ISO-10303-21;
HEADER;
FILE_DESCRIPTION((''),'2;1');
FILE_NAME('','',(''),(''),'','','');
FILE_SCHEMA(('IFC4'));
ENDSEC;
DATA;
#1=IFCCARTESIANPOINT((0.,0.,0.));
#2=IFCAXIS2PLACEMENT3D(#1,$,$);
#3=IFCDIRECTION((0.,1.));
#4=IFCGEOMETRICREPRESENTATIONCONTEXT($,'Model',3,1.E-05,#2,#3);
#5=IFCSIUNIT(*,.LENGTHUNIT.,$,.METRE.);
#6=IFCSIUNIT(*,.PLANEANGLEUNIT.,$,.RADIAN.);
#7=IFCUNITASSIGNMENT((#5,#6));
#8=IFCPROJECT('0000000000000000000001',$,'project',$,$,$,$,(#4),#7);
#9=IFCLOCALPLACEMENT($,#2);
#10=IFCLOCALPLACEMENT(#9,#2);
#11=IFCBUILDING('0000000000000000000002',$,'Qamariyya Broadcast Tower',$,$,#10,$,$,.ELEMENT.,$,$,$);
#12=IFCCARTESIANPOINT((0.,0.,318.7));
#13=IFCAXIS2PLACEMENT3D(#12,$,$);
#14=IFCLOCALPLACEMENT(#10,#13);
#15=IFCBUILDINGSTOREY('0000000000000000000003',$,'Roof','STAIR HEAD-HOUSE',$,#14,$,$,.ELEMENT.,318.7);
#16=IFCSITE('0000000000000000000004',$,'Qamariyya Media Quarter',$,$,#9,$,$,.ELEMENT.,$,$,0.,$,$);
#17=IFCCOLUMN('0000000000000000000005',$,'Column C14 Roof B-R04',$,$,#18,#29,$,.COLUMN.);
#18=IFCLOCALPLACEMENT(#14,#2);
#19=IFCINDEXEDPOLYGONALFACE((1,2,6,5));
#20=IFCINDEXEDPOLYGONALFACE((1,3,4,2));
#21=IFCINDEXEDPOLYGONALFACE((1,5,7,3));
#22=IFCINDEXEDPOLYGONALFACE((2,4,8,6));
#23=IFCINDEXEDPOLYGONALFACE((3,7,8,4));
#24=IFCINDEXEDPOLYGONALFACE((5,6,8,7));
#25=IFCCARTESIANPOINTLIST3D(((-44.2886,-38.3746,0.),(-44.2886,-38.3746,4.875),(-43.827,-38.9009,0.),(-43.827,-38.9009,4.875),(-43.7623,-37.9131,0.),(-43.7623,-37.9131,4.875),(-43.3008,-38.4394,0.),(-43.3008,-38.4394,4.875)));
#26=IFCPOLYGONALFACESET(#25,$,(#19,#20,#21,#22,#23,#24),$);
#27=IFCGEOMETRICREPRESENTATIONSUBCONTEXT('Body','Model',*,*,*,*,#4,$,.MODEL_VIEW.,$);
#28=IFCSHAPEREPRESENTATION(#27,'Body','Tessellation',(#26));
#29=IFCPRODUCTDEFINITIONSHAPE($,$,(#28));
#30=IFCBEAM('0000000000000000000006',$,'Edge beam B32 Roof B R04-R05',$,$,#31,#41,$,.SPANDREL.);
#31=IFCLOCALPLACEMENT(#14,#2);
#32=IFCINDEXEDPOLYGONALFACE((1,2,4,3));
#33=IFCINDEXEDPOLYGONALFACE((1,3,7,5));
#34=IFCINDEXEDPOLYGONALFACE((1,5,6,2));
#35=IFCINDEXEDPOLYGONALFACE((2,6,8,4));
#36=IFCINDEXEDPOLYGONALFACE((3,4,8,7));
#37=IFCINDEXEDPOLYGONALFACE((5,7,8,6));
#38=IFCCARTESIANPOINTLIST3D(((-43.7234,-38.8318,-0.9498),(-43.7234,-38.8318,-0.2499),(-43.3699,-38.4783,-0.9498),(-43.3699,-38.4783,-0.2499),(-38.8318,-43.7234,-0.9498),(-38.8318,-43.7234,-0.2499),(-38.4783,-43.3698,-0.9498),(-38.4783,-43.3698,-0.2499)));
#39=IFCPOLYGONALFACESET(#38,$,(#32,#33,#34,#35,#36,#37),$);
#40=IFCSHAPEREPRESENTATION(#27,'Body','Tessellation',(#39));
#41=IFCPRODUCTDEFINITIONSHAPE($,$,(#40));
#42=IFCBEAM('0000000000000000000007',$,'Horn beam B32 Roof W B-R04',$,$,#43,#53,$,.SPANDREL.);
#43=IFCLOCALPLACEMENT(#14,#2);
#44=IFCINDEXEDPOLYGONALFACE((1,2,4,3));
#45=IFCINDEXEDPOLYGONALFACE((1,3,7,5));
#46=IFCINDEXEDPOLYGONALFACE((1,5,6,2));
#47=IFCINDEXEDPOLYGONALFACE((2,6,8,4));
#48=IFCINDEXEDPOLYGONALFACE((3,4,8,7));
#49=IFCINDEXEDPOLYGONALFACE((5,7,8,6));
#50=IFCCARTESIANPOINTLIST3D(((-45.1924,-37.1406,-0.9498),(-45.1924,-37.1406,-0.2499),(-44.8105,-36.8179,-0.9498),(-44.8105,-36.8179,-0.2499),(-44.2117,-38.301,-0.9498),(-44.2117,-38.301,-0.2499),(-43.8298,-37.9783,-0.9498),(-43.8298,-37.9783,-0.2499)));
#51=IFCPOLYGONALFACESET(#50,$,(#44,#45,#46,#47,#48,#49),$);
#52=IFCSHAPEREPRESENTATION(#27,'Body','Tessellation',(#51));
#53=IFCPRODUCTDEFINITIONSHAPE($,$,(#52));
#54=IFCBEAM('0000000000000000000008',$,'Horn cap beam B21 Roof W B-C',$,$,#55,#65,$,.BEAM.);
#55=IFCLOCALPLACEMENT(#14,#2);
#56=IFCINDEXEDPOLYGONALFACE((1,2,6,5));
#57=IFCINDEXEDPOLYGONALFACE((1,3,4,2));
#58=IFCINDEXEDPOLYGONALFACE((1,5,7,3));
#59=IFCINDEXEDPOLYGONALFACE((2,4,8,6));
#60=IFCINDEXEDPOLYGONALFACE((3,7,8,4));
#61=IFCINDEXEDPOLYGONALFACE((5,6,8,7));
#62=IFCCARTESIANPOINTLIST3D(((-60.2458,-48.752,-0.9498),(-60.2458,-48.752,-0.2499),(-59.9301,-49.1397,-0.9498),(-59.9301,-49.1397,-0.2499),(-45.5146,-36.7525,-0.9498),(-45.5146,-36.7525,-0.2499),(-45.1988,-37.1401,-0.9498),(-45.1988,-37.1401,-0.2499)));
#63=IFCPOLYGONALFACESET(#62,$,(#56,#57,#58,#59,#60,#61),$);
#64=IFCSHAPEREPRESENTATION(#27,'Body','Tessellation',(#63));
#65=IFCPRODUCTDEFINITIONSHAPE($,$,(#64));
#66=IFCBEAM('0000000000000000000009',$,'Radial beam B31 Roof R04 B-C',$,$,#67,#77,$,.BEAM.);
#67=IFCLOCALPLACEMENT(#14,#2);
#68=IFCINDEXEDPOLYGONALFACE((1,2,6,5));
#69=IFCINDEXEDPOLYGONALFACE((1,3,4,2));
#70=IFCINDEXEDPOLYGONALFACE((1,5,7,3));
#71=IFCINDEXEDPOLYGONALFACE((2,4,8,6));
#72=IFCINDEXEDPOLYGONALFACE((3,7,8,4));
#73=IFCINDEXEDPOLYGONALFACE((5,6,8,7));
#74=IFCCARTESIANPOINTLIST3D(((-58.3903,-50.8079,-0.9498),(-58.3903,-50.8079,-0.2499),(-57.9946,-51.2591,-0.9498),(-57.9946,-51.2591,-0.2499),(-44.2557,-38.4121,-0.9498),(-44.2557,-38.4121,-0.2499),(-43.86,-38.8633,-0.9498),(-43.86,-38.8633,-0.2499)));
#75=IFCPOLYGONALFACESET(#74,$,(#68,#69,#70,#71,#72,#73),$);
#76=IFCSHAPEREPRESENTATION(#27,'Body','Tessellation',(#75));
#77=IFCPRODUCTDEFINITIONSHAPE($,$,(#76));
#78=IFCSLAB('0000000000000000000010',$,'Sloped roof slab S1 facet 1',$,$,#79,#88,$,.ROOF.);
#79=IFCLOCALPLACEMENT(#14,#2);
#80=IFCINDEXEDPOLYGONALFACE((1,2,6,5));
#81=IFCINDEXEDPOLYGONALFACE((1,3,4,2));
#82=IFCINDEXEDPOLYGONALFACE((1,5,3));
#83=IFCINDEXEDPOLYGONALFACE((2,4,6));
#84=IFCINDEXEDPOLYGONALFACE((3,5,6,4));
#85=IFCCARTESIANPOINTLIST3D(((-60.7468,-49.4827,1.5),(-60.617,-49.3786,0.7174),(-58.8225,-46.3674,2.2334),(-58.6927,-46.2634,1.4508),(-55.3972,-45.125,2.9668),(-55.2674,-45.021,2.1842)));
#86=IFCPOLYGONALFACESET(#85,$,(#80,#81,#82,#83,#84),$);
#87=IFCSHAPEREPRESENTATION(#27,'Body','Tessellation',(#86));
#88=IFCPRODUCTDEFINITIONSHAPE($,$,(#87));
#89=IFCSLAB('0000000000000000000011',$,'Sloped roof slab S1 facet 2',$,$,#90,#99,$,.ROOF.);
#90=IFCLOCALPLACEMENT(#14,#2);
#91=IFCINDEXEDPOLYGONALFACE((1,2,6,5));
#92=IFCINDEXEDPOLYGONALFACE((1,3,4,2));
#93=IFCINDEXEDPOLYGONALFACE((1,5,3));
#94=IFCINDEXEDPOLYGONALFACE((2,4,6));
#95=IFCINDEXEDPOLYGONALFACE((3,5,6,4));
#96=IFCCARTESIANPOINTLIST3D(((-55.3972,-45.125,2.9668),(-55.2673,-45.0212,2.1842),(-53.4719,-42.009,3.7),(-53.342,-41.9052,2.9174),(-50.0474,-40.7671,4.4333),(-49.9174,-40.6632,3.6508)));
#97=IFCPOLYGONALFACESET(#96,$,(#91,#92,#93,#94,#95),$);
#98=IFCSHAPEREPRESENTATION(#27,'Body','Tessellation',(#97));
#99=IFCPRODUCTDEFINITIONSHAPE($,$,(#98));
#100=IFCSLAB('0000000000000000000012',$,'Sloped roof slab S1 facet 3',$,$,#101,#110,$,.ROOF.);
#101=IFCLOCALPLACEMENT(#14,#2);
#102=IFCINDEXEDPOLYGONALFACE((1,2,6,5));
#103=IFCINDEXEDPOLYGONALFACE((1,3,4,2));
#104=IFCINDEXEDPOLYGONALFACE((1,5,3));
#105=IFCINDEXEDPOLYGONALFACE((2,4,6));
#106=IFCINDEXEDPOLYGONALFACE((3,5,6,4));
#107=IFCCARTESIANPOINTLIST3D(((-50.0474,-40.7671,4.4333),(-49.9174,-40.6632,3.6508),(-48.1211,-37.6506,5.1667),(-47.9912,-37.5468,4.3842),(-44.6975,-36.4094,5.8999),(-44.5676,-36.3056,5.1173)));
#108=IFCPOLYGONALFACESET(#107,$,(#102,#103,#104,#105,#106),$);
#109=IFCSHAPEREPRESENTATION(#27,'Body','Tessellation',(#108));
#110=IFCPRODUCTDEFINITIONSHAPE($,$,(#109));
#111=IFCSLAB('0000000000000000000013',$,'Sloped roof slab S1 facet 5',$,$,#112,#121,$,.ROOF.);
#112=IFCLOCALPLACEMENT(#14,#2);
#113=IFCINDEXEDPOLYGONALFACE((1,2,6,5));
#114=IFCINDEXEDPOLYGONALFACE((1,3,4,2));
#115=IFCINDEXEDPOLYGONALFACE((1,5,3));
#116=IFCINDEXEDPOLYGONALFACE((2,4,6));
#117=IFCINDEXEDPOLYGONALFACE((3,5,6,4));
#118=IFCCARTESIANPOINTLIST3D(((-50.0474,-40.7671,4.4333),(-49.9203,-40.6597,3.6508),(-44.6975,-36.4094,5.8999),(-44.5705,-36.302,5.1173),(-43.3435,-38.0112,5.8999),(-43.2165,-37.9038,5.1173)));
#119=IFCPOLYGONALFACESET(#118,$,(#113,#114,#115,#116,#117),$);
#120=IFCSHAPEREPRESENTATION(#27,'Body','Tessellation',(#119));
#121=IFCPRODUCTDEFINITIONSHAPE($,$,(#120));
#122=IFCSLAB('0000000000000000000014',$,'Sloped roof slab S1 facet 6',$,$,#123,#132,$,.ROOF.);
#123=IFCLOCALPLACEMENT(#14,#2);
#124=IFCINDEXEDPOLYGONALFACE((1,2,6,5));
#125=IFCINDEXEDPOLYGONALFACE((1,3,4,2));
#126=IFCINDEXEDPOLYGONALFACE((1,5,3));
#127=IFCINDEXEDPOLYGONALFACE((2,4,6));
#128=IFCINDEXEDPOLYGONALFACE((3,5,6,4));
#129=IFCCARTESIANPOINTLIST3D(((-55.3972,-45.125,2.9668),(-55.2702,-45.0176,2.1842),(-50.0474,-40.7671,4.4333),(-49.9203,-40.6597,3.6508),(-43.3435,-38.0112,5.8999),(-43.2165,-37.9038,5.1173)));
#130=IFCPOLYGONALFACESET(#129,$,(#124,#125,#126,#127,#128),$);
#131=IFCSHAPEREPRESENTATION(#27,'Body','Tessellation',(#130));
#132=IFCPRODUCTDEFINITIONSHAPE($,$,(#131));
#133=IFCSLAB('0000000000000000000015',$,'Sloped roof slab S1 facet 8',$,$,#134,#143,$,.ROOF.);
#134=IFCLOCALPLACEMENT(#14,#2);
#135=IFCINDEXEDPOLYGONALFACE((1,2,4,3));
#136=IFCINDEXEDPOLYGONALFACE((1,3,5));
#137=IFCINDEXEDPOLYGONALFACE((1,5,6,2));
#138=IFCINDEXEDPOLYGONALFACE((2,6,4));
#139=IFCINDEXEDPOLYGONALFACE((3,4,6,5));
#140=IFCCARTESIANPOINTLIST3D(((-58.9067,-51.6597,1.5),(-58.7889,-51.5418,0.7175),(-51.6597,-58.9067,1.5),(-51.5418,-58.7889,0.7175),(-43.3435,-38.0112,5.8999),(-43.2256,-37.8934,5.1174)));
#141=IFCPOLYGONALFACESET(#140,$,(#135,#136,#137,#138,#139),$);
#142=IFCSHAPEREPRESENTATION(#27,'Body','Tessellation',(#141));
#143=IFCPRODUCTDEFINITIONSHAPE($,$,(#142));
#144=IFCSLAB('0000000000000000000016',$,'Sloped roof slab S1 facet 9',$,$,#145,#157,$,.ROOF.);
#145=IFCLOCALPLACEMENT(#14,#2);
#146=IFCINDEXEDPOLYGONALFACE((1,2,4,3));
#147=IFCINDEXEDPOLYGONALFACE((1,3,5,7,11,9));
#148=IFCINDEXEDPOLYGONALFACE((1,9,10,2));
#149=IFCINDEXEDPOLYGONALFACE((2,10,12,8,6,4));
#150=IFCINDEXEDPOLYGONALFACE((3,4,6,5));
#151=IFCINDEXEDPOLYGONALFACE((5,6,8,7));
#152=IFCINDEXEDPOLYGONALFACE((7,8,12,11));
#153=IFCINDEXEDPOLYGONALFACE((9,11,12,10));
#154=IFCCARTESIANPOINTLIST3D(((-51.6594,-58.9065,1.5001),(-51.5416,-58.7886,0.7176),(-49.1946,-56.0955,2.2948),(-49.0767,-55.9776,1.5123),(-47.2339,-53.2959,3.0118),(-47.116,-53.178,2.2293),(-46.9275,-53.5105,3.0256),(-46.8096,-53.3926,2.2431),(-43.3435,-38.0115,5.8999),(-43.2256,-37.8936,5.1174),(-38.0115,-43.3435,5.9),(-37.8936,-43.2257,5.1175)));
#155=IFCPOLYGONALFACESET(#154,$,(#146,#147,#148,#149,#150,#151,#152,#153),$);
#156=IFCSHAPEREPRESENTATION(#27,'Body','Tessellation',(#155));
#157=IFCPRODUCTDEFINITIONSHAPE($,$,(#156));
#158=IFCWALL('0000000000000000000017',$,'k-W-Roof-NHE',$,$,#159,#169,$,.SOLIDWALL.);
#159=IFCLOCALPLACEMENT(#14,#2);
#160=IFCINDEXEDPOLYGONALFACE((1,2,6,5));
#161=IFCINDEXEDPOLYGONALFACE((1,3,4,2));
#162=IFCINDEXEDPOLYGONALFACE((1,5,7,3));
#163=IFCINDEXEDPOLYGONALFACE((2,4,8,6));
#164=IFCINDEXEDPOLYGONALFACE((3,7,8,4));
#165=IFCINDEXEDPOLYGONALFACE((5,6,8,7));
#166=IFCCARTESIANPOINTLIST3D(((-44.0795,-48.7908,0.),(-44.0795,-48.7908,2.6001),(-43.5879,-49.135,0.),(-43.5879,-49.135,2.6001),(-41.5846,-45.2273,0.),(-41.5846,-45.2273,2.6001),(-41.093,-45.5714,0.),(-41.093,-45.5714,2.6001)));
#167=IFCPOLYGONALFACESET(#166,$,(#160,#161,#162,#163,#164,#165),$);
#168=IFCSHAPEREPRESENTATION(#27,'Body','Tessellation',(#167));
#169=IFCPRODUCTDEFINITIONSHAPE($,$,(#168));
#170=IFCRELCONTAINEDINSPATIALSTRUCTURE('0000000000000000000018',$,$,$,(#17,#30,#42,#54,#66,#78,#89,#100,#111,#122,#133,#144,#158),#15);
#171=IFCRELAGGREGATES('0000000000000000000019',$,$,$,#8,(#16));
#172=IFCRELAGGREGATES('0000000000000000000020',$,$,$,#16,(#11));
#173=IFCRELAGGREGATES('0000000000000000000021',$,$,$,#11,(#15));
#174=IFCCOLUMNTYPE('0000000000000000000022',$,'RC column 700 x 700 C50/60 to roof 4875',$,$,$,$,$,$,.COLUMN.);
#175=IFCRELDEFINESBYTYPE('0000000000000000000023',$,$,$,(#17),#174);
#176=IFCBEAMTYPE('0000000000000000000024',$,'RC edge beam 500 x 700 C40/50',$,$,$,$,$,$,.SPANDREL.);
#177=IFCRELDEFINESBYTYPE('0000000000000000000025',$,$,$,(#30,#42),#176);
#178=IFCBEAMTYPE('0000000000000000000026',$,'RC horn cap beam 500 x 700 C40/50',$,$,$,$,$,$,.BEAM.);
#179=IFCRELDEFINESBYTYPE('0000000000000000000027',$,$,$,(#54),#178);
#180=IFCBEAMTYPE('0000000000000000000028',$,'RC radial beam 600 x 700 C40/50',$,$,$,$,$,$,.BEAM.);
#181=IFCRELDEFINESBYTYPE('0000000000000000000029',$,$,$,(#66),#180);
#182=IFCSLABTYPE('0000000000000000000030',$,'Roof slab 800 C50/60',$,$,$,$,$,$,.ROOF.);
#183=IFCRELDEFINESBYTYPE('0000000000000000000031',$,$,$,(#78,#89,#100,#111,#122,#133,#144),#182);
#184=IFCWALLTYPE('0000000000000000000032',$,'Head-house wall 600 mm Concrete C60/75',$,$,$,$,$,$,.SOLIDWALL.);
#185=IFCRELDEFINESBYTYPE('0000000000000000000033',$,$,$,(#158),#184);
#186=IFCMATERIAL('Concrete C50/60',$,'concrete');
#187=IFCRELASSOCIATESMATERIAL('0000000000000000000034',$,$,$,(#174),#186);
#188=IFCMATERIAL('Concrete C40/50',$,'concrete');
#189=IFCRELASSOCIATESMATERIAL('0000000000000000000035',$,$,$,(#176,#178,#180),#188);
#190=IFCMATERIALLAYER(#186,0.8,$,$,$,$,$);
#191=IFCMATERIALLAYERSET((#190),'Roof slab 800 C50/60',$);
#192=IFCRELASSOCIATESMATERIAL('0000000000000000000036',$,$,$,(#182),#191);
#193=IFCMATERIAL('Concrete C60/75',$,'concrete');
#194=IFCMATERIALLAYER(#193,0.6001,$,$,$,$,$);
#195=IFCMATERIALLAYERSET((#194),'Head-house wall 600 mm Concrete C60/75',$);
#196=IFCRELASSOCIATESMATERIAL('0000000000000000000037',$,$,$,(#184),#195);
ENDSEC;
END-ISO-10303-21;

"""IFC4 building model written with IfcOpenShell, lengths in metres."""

from ifc_helpers import new_model, si_unit, direction, frame, frame_2d, origin, origin_2d, place, context, subcontext, project, spatial, polyline, rectangle, outline, extrude, material, layer, layer_set, material_profile, profile_set, type_object, element, save


model = new_model("IFC4")

# Units and contexts
model_context = context("Model", 3, precision=1e-05, world=origin(), true_north=direction((0.0, 1.0)))
body_context = subcontext(model_context, "Body", "Model", "MODEL_VIEW")
ifc_project = project(units=[si_unit("LENGTHUNIT", "METRE"), si_unit("PLANEANGLEUNIT", "RADIAN")], contexts=[model_context])

# Site, building, storey
site_placement = place(None, origin())
site = spatial("IfcSite", under=ifc_project, at=site_placement, Name="Qamariyya Media Quarter", CompositionType="ELEMENT", RefElevation=0.0)
building_placement = place(site_placement, origin())
building = spatial("IfcBuilding", under=site, at=building_placement, Name="Qamariyya Broadcast Tower", CompositionType="ELEMENT")
storey_placement = place(building_placement, frame((0.0, 0.0, 318.7)))
storey = spatial("IfcBuildingStorey", under=building, at=storey_placement, Name="Roof", Description="STAIR HEAD-HOUSE", CompositionType="ELEMENT", Elevation=318.7)

# Column
ifc_material_1 = material(Name="Concrete C50/60", Category="concrete")
ifc_material_profile_1 = material_profile(ifc_material_1, rectangle(XDim=0.7, YDim=0.7, at=origin_2d()))
ifc_profile_set_1 = profile_set([ifc_material_profile_1], Name="Concrete C50/60")
column_type = type_object("IfcColumnType", Name="RC column 700 x 700 C50/60 to roof 4875", PredefinedType="COLUMN", material=ifc_profile_set_1)
column_placement = place(storey_placement, frame((-43.7947, -38.407, 0.0), z_axis=(0.0, 0.0, 1.0), x_axis=(0.659346, -0.75184, 0.0)))
element("IfcColumn", 1, at=column_placement, inside=storey, type_object=column_type, Name="Column C14 Roof B-R04", PredefinedType="COLUMN", context=body_context, shape_type="SweptSolid", body=[
    extrude(rectangle(XDim=0.7, YDim=0.7, at=origin_2d()), origin(), (0.0, 0.0, 1.0), 4.875),
])

# Beams
ifc_material_2 = material(Name="Concrete C40/50", Category="concrete")
ifc_material_profile_2 = material_profile(ifc_material_2, rectangle(XDim=0.5, YDim=0.7, at=origin_2d()))
ifc_profile_set_2 = profile_set([ifc_material_profile_2], Name="Concrete C40/50")
beam_type_1 = type_object("IfcBeamType", Name="RC edge beam 500 x 700 C40/50", PredefinedType="SPANDREL", material=ifc_profile_set_2)
beam_1_placement = place(storey_placement, frame((-43.5466, -38.655, -0.5999), z_axis=(0.707107, -0.707107, 0.0), x_axis=(0.707107, 0.707107, 0.0)))
element("IfcBeam", 2, at=beam_1_placement, inside=storey, type_object=beam_type_1, Name="Edge beam B32 Roof B R04-R05", PredefinedType="SPANDREL", context=body_context, shape_type="SweptSolid", body=[
    extrude(rectangle(XDim=0.5, YDim=0.7, at=origin_2d()), origin(), (0.0, 0.0, 1.0), 6.9177),
])
beam_2_placement = place(storey_placement, frame((-44.0208, -38.1396, -0.5999), z_axis=(-0.645496, 0.763764, 0.0), x_axis=(-0.763764, -0.645496, 0.0)))
element("IfcBeam", 3, at=beam_2_placement, inside=storey, type_object=beam_type_1, Name="Horn beam B32 Roof W B-R04", PredefinedType="SPANDREL", context=body_context, shape_type="SweptSolid", body=[
    extrude(rectangle(XDim=0.5, YDim=0.7, at=origin_2d()), origin(), (0.0, 0.0, 1.0), 1.5193),
])
ifc_material_profile_3 = material_profile(ifc_material_2, rectangle(XDim=0.5, YDim=0.7, at=origin_2d()))
ifc_profile_set_3 = profile_set([ifc_material_profile_3], Name="Concrete C40/50")
beam_type_2 = type_object("IfcBeamType", Name="RC horn cap beam 500 x 700 C40/50", PredefinedType="BEAM", material=ifc_profile_set_3)
beam_3_placement = place(storey_placement, frame((-45.3567, -36.9463, -0.5999), z_axis=(-0.77533, -0.631556, 0.0), x_axis=(0.631556, -0.77533, 0.0)))
element("IfcBeam", 4, at=beam_3_placement, inside=storey, type_object=beam_type_2, Name="Horn cap beam B21 Roof W B-C", PredefinedType="BEAM", context=body_context, shape_type="SweptSolid", body=[
    extrude(rectangle(XDim=0.5, YDim=0.7, at=origin_2d()), origin(), (0.0, 0.0, 1.0), 19.0),
])
ifc_material_profile_4 = material_profile(ifc_material_2, rectangle(XDim=0.6001, YDim=0.7, at=origin_2d()))
ifc_profile_set_4 = profile_set([ifc_material_profile_4], Name="Concrete C40/50")
beam_type_3 = type_object("IfcBeamType", Name="RC radial beam 600 x 700 C40/50", PredefinedType="BEAM", material=ifc_profile_set_4)
beam_4_placement = place(storey_placement, frame((-44.0579, -38.6377, -0.5999), z_axis=(-0.751837, -0.659349, 0.0), x_axis=(0.659349, -0.751837, 0.0)))
element("IfcBeam", 5, at=beam_4_placement, inside=storey, type_object=beam_type_3, Name="Radial beam B31 Roof R04 B-C", PredefinedType="BEAM", context=body_context, shape_type="SweptSolid", body=[
    extrude(rectangle(XDim=0.6001, YDim=0.7, at=origin_2d()), origin(), (0.0, 0.0, 1.0), 18.8),
])

# Slabs
ifc_layer_1 = layer(ifc_material_1, 0.8)
ifc_layer_set_1 = layer_set([ifc_layer_1], Name="Roof slab 800 C50/60")
slab_type = type_object("IfcSlabType", Name="Roof slab 800 C50/60", PredefinedType="ROOF", material=ifc_layer_set_1)
slab_1_placement = place(storey_placement, frame((-58.8225, -46.3674, 2.2334), z_axis=(-0.162262, -0.130046, 0.978141), x_axis=(-0.515298, -0.834205, -0.196391)))
element("IfcSlab", 6, at=slab_1_placement, inside=storey, type_object=slab_type, Name="Sloped roof slab S1 facet 1", PredefinedType="ROOF", context=body_context, shape_type="SweptSolid", body=[
    extrude(outline(polyline([(0.0, 0.0), (3.7344, 0.0), (-2.9455, 2.2667), (0.0, 0.0)])), origin(), (0.0, 0.0, -1.0), 0.8),
])
slab_2_placement = place(storey_placement, frame((-53.4719, -42.009, 3.7), z_axis=(-0.162405, -0.129801, 0.978149), x_axis=(-0.515413, -0.834163, -0.19627)))
element("IfcSlab", 7, at=slab_2_placement, inside=storey, type_object=slab_type, Name="Sloped roof slab S1 facet 2", PredefinedType="ROOF", context=body_context, shape_type="SweptSolid", body=[
    extrude(outline(polyline([(0.0, 0.0), (3.7354, 0.0), (-2.945, 2.266), (0.0, 0.0)])), origin(), (0.0, 0.0, -1.0), 0.8),
])
slab_3_placement = place(storey_placement, frame((-48.1211, -37.6506, 5.1667), z_axis=(-0.162408, -0.129805, 0.978148), x_axis=(-0.515542, -0.83408, -0.196285)))
element("IfcSlab", 8, at=slab_3_placement, inside=storey, type_object=slab_type, Name="Sloped roof slab S1 facet 3", PredefinedType="ROOF", context=body_context, shape_type="SweptSolid", body=[
    extrude(outline(polyline([(0.0, 0.0), (3.7364, 0.0), (-2.9442, 2.2651), (0.0, 0.0)])), origin(), (0.0, 0.0, -1.0), 0.8),
])
slab_4_placement = place(storey_placement, frame((-43.3435, -38.0112, 5.8999), z_axis=(-0.1588, -0.134233, 0.978143), x_axis=(-0.645561, 0.763709, 0.0)))
element("IfcSlab", 9, at=slab_4_placement, inside=storey, type_object=slab_type, Name="Sloped roof slab S1 facet 5", PredefinedType="ROOF", context=body_context, shape_type="SweptSolid", body=[
    extrude(outline(polyline([(0.0, 0.0), (2.0974, 0.0), (2.2231, 7.053), (0.0, 0.0)])), origin(), (0.0, 0.0, -1.0), 0.8),
])
slab_5_placement = place(storey_placement, frame((-43.3435, -38.0112, 5.8999), z_axis=(-0.158806, -0.134218, 0.978144), x_axis=(-0.906529, -0.372661, -0.198315)))
element("IfcSlab", 10, at=slab_5_placement, inside=storey, type_object=slab_type, Name="Sloped roof slab S1 facet 6", PredefinedType="ROOF", context=body_context, shape_type="SweptSolid", body=[
    extrude(outline(polyline([(0.0, 0.0), (7.3951, 0.0), (14.1597, 2.0006), (0.0, 0.0)])), origin(), (0.0, 0.0, -1.0), 0.8),
])
slab_6_placement = place(storey_placement, frame((-43.3435, -38.0112, 5.8999), z_axis=(-0.147316, -0.147316, 0.978057), x_axis=(-0.735414, -0.644934, -0.20791)))
element("IfcSlab", 11, at=slab_6_placement, inside=storey, type_object=slab_type, Name="Sloped roof slab S1 facet 8", PredefinedType="ROOF", context=body_context, shape_type="SweptSolid", body=[
    extrude(outline(polyline([(0.0, 0.0), (21.1625, 0.0), (20.5068, 10.2279), (0.0, 0.0)])), origin(), (0.0, 0.0, -1.0), 0.8),
])
slab_7_placement = place(storey_placement, frame((-43.3435, -38.0115, 5.8999), z_axis=(-0.147327, -0.147313, 0.978056), x_axis=(-0.362897, -0.911834, -0.192003)))
element("IfcSlab", 12, at=slab_7_placement, inside=storey, type_object=slab_type, Name="Sloped roof slab S1 facet 9", PredefinedType="ROOF", context=body_context, shape_type="SweptSolid", body=[
    extrude(outline(polyline([(0.0, 0.0), (22.9154, 0.0), (19.3051, 1.2549), (15.9032, 2.0441), (15.985, 2.4094), (2.9269, 6.9494), (0.0, 0.0)])), origin(), (0.0, 0.0, -1.0), 0.8),
])

# Wall
ifc_material_3 = material(Name="Concrete C60/75", Category="concrete")
ifc_layer_2 = layer(ifc_material_3, 0.6001)
ifc_layer_set_2 = layer_set([ifc_layer_2], Name="Head-house wall 600 mm Concrete C60/75")
wall_type_1 = type_object("IfcWallType", Name="Head-house wall 600 mm Concrete C60/75", PredefinedType="SOLIDWALL", material=ifc_layer_set_2)
wall_1_placement = place(storey_placement, frame((-43.8337, -48.9629, 0.0), z_axis=(0.0, 0.0, 1.0), x_axis=(0.57353, 0.819184, 0.0)))
element("IfcWall", 13, at=wall_1_placement, inside=storey, type_object=wall_type_1, Name="k-W-Roof-NHE", PredefinedType="SOLIDWALL", context=body_context, shape_type="SweptSolid", body=[
    extrude(rectangle(XDim=4.3501, YDim=0.6001, at=frame_2d((2.175, 0.0))), origin(), (0.0, 0.0, 1.0), 2.6001),
])

save(model, "model.ifc")
